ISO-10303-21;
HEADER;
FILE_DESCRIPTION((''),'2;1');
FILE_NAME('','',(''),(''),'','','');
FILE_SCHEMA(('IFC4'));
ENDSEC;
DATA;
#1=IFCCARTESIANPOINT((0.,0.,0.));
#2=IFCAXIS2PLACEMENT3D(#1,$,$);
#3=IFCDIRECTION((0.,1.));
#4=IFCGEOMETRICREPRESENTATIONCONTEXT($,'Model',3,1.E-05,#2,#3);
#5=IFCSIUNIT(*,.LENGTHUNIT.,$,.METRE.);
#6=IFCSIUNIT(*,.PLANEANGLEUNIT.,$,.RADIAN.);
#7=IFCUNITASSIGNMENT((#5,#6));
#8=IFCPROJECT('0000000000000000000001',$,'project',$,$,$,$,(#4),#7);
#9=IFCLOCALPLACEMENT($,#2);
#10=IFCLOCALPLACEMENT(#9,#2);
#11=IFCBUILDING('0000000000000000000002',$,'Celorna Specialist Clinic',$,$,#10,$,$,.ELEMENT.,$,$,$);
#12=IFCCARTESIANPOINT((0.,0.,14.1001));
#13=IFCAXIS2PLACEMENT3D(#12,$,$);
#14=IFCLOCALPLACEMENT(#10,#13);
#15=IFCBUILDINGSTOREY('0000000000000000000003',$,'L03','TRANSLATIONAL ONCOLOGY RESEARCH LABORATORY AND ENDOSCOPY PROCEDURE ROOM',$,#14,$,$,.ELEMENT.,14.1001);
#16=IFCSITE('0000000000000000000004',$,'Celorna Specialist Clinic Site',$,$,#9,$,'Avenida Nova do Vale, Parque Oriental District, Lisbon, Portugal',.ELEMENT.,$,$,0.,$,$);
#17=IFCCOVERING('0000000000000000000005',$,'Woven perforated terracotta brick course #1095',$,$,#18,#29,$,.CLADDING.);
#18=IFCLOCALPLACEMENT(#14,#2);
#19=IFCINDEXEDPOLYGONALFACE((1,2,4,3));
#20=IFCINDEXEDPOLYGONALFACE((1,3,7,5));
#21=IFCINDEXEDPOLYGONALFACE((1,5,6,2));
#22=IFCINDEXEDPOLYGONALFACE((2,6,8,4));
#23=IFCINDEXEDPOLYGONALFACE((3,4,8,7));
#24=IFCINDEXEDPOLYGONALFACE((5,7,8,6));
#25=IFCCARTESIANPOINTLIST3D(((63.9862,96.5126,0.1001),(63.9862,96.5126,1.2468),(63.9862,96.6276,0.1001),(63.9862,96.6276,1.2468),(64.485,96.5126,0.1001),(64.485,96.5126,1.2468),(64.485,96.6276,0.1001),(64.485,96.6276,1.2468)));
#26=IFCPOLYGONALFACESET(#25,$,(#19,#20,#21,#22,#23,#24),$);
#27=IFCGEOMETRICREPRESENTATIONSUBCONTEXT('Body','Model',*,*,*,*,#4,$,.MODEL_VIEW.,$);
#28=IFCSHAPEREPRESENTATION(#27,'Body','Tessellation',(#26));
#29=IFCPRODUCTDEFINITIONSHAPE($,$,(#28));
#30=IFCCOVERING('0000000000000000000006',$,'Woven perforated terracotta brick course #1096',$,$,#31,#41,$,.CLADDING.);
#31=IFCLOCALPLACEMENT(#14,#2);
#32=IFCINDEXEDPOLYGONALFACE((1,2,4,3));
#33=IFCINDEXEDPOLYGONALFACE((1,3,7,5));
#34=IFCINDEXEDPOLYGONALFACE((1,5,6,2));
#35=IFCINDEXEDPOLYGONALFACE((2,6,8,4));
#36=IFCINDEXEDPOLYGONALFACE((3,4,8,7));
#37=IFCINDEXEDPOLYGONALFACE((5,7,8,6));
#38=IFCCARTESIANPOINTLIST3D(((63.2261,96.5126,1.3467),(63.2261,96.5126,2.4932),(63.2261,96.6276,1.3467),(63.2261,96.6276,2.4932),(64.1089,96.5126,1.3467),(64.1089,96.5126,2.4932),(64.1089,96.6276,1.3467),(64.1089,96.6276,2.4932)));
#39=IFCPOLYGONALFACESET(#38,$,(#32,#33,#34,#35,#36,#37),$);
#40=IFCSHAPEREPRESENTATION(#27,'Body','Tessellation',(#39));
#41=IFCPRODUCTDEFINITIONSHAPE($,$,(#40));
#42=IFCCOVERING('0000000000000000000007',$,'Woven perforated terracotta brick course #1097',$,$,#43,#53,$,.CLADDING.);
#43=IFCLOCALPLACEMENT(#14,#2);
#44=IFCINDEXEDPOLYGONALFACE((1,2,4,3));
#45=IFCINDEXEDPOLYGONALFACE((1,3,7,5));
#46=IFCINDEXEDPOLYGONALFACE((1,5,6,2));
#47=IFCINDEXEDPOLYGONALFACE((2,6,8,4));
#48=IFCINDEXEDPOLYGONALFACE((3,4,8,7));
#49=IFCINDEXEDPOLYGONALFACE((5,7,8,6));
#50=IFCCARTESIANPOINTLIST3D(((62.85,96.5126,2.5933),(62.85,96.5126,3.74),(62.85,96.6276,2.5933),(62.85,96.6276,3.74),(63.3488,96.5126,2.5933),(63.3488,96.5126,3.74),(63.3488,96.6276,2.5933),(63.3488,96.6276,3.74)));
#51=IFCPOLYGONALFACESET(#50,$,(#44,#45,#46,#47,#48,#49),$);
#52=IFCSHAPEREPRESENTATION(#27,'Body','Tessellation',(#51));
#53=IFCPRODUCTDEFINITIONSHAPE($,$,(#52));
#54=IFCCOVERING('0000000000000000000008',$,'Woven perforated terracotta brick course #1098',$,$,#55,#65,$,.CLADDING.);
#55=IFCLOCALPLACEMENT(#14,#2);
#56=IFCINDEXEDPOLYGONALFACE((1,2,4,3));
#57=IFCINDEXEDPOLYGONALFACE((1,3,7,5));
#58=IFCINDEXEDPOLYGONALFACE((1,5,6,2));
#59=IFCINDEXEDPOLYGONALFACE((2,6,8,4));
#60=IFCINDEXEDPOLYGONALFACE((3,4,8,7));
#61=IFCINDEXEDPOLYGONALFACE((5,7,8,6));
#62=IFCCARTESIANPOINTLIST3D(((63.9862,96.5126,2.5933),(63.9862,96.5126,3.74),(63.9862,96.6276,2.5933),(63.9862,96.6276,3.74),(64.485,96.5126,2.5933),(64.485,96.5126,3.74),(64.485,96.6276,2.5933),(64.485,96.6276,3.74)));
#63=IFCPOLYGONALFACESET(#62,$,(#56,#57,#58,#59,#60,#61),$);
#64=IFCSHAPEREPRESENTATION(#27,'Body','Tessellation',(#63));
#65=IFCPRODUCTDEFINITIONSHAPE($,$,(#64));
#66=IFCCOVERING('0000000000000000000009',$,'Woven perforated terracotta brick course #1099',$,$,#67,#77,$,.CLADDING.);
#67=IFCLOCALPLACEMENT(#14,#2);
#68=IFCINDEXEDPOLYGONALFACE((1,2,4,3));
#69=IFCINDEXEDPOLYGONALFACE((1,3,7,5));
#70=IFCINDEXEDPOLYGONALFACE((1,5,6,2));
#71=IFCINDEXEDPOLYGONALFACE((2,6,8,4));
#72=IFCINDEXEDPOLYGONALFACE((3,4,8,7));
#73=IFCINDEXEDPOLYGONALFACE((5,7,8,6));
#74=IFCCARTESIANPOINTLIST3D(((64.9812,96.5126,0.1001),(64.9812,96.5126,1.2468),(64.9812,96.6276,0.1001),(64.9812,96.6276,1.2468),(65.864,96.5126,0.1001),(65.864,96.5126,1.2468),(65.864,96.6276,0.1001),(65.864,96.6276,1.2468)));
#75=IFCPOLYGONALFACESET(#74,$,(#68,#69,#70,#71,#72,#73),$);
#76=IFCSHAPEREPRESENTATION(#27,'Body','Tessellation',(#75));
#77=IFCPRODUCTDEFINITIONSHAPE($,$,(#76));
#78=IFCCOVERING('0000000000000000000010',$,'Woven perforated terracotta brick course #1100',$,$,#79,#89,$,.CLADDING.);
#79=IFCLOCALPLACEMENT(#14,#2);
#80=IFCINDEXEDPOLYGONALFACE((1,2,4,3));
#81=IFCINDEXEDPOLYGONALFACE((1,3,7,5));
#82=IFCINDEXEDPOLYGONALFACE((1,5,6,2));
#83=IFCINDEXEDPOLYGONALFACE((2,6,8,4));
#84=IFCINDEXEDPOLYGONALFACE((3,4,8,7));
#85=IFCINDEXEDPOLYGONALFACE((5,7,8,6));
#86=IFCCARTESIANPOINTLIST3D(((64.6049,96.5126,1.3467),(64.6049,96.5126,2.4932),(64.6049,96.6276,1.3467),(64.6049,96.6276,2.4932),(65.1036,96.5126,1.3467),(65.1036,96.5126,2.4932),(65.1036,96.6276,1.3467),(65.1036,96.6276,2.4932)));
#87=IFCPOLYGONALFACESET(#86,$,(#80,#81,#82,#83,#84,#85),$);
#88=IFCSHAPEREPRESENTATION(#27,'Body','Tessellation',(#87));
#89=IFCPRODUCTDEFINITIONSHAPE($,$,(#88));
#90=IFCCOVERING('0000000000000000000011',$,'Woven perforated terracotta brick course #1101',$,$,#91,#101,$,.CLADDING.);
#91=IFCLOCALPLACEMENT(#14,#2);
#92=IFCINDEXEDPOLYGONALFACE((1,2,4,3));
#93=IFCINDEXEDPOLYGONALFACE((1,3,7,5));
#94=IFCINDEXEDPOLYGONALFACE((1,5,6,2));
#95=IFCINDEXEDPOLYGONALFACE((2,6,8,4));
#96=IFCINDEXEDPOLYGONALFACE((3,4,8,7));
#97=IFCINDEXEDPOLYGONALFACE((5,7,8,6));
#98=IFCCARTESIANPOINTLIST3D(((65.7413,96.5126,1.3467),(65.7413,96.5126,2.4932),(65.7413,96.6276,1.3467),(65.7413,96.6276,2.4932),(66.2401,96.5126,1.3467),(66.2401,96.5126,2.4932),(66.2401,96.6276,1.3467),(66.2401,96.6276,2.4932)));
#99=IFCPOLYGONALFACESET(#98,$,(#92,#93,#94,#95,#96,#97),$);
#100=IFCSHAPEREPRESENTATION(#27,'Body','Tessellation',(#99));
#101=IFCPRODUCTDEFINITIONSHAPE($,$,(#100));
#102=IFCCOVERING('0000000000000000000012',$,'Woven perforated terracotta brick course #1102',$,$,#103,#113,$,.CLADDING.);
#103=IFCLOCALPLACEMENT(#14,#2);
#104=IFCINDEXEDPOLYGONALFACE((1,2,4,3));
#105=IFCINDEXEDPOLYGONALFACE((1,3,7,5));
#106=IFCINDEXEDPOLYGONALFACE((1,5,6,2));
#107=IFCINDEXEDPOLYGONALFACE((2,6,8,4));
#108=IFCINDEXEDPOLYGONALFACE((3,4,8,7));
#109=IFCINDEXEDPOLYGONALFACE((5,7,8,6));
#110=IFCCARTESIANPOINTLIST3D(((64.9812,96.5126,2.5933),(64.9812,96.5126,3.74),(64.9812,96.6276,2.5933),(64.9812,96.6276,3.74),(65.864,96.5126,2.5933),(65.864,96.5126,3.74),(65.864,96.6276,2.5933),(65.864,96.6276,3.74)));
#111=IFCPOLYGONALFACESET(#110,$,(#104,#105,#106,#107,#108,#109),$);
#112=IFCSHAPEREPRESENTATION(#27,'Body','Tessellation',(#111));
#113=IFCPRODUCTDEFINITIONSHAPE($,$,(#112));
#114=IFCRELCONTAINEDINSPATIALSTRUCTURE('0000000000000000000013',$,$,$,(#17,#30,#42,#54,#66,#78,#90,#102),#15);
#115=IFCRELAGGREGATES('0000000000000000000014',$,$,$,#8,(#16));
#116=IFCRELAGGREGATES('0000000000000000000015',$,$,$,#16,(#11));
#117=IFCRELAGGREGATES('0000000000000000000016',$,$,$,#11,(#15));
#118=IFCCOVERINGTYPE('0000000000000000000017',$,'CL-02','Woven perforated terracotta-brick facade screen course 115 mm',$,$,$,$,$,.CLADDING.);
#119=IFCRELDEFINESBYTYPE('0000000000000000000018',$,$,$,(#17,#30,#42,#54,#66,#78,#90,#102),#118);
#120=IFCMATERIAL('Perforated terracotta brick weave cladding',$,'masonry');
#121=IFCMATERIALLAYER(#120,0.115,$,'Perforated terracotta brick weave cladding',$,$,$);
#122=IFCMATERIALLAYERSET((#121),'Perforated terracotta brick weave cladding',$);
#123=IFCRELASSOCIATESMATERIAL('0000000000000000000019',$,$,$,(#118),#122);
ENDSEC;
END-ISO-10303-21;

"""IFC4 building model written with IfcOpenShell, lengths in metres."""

from ifc_helpers import new_model, si_unit, direction, frame, origin, origin_2d, place, context, subcontext, project, spatial, rectangle, extrude, material, layer, layer_set, type_object, element, save


model = new_model("IFC4")

# Units and contexts
model_context = context("Model", 3, precision=1e-05, world=origin(), true_north=direction((0.0, 1.0)))
body_context = subcontext(model_context, "Body", "Model", "MODEL_VIEW")
ifc_project = project(units=[si_unit("LENGTHUNIT", "METRE"), si_unit("PLANEANGLEUNIT", "RADIAN")], contexts=[model_context])

# Site, building, storey
site_placement = place(None, origin())
site = spatial("IfcSite", under=ifc_project, at=site_placement, Name="Celorna Specialist Clinic Site", LongName="Avenida Nova do Vale, Parque Oriental District, Lisbon, Portugal", CompositionType="ELEMENT", RefElevation=0.0)
building_placement = place(site_placement, origin())
building = spatial("IfcBuilding", under=site, at=building_placement, Name="Celorna Specialist Clinic", CompositionType="ELEMENT")
storey_placement = place(building_placement, frame((0.0, 0.0, 14.1001)))
storey = spatial("IfcBuildingStorey", under=building, at=storey_placement, Name="L03", Description="TRANSLATIONAL ONCOLOGY RESEARCH LABORATORY AND ENDOSCOPY PROCEDURE ROOM", CompositionType="ELEMENT", Elevation=14.1001)

# Coverings
ifc_material = material(Name="Perforated terracotta brick weave cladding", Category="masonry")
ifc_layer = layer(ifc_material, 0.115, Name="Perforated terracotta brick weave cladding")
ifc_layer_set = layer_set([ifc_layer], Name="Perforated terracotta brick weave cladding")
covering_type = type_object("IfcCoveringType", Name="CL-02", Description="Woven perforated terracotta-brick facade screen course 115 mm", PredefinedType="CLADDING", material=ifc_layer_set)
for number, where, z_axis, x_axis, name in (
    (1, (64.2356, 96.5701, 0.1001), (0.0, 0.0, 1.0), (1.0, 0.0, 0.0), "Woven perforated terracotta brick course #1095"),
):
    element("IfcCovering", number, at=place(storey_placement, frame(where, z_axis=z_axis, x_axis=x_axis)), inside=storey, type_object=covering_type, Name=name, PredefinedType="CLADDING", context=body_context, shape_type="SweptSolid", body=[
        extrude(rectangle(XDim=0.4988, YDim=0.115, at=origin_2d()), origin(), (0.0, 0.0, 1.0), 1.1467),
    ])
covering_1_placement = place(storey_placement, frame((63.6675, 96.5701, 1.3467), z_axis=(0.0, 0.0, 1.0), x_axis=(1.0, 0.0, 0.0)))
element("IfcCovering", 2, at=covering_1_placement, inside=storey, type_object=covering_type, Name="Woven perforated terracotta brick course #1096", PredefinedType="CLADDING", context=body_context, shape_type="SweptSolid", body=[
    extrude(rectangle(XDim=0.8828, YDim=0.115, at=origin_2d()), origin(), (0.0, 0.0, 1.0), 1.1465),
])
for number, where, z_axis, x_axis, name in (
    (3, (63.0994, 96.5701, 2.5933), (0.0, 0.0, 1.0), (1.0, 0.0, 0.0), "Woven perforated terracotta brick course #1097"),
    (4, (64.2356, 96.5701, 2.5933), (0.0, 0.0, 1.0), (1.0, 0.0, 0.0), "Woven perforated terracotta brick course #1098"),
):
    element("IfcCovering", number, at=place(storey_placement, frame(where, z_axis=z_axis, x_axis=x_axis)), inside=storey, type_object=covering_type, Name=name, PredefinedType="CLADDING", context=body_context, shape_type="SweptSolid", body=[
        extrude(rectangle(XDim=0.4988, YDim=0.115, at=origin_2d()), origin(), (0.0, 0.0, 1.0), 1.1467),
    ])
covering_2_placement = place(storey_placement, frame((65.4226, 96.5701, 0.1001), z_axis=(0.0, 0.0, 1.0), x_axis=(1.0, 0.0, 0.0)))
element("IfcCovering", 5, at=covering_2_placement, inside=storey, type_object=covering_type, Name="Woven perforated terracotta brick course #1099", PredefinedType="CLADDING", context=body_context, shape_type="SweptSolid", body=[
    extrude(rectangle(XDim=0.8828, YDim=0.115, at=origin_2d()), origin(), (0.0, 0.0, 1.0), 1.1467),
])
for number, where, z_axis, x_axis, name in (
    (6, (64.8542, 96.5701, 1.3467), (0.0, 0.0, 1.0), (1.0, 0.0, 0.0), "Woven perforated terracotta brick course #1100"),
    (7, (65.9907, 96.5701, 1.3467), (0.0, 0.0, 1.0), (1.0, 0.0, 0.0), "Woven perforated terracotta brick course #1101"),
):
    element("IfcCovering", number, at=place(storey_placement, frame(where, z_axis=z_axis, x_axis=x_axis)), inside=storey, type_object=covering_type, Name=name, PredefinedType="CLADDING", context=body_context, shape_type="SweptSolid", body=[
        extrude(rectangle(XDim=0.4988, YDim=0.115, at=origin_2d()), origin(), (0.0, 0.0, 1.0), 1.1465),
    ])
covering_3_placement = place(storey_placement, frame((65.4226, 96.5701, 2.5933), z_axis=(0.0, 0.0, 1.0), x_axis=(1.0, 0.0, 0.0)))
element("IfcCovering", 8, at=covering_3_placement, inside=storey, type_object=covering_type, Name="Woven perforated terracotta brick course #1102", PredefinedType="CLADDING", context=body_context, shape_type="SweptSolid", body=[
    extrude(rectangle(XDim=0.8828, YDim=0.115, at=origin_2d()), origin(), (0.0, 0.0, 1.0), 1.1467),
])

save(model, "model.ifc")
